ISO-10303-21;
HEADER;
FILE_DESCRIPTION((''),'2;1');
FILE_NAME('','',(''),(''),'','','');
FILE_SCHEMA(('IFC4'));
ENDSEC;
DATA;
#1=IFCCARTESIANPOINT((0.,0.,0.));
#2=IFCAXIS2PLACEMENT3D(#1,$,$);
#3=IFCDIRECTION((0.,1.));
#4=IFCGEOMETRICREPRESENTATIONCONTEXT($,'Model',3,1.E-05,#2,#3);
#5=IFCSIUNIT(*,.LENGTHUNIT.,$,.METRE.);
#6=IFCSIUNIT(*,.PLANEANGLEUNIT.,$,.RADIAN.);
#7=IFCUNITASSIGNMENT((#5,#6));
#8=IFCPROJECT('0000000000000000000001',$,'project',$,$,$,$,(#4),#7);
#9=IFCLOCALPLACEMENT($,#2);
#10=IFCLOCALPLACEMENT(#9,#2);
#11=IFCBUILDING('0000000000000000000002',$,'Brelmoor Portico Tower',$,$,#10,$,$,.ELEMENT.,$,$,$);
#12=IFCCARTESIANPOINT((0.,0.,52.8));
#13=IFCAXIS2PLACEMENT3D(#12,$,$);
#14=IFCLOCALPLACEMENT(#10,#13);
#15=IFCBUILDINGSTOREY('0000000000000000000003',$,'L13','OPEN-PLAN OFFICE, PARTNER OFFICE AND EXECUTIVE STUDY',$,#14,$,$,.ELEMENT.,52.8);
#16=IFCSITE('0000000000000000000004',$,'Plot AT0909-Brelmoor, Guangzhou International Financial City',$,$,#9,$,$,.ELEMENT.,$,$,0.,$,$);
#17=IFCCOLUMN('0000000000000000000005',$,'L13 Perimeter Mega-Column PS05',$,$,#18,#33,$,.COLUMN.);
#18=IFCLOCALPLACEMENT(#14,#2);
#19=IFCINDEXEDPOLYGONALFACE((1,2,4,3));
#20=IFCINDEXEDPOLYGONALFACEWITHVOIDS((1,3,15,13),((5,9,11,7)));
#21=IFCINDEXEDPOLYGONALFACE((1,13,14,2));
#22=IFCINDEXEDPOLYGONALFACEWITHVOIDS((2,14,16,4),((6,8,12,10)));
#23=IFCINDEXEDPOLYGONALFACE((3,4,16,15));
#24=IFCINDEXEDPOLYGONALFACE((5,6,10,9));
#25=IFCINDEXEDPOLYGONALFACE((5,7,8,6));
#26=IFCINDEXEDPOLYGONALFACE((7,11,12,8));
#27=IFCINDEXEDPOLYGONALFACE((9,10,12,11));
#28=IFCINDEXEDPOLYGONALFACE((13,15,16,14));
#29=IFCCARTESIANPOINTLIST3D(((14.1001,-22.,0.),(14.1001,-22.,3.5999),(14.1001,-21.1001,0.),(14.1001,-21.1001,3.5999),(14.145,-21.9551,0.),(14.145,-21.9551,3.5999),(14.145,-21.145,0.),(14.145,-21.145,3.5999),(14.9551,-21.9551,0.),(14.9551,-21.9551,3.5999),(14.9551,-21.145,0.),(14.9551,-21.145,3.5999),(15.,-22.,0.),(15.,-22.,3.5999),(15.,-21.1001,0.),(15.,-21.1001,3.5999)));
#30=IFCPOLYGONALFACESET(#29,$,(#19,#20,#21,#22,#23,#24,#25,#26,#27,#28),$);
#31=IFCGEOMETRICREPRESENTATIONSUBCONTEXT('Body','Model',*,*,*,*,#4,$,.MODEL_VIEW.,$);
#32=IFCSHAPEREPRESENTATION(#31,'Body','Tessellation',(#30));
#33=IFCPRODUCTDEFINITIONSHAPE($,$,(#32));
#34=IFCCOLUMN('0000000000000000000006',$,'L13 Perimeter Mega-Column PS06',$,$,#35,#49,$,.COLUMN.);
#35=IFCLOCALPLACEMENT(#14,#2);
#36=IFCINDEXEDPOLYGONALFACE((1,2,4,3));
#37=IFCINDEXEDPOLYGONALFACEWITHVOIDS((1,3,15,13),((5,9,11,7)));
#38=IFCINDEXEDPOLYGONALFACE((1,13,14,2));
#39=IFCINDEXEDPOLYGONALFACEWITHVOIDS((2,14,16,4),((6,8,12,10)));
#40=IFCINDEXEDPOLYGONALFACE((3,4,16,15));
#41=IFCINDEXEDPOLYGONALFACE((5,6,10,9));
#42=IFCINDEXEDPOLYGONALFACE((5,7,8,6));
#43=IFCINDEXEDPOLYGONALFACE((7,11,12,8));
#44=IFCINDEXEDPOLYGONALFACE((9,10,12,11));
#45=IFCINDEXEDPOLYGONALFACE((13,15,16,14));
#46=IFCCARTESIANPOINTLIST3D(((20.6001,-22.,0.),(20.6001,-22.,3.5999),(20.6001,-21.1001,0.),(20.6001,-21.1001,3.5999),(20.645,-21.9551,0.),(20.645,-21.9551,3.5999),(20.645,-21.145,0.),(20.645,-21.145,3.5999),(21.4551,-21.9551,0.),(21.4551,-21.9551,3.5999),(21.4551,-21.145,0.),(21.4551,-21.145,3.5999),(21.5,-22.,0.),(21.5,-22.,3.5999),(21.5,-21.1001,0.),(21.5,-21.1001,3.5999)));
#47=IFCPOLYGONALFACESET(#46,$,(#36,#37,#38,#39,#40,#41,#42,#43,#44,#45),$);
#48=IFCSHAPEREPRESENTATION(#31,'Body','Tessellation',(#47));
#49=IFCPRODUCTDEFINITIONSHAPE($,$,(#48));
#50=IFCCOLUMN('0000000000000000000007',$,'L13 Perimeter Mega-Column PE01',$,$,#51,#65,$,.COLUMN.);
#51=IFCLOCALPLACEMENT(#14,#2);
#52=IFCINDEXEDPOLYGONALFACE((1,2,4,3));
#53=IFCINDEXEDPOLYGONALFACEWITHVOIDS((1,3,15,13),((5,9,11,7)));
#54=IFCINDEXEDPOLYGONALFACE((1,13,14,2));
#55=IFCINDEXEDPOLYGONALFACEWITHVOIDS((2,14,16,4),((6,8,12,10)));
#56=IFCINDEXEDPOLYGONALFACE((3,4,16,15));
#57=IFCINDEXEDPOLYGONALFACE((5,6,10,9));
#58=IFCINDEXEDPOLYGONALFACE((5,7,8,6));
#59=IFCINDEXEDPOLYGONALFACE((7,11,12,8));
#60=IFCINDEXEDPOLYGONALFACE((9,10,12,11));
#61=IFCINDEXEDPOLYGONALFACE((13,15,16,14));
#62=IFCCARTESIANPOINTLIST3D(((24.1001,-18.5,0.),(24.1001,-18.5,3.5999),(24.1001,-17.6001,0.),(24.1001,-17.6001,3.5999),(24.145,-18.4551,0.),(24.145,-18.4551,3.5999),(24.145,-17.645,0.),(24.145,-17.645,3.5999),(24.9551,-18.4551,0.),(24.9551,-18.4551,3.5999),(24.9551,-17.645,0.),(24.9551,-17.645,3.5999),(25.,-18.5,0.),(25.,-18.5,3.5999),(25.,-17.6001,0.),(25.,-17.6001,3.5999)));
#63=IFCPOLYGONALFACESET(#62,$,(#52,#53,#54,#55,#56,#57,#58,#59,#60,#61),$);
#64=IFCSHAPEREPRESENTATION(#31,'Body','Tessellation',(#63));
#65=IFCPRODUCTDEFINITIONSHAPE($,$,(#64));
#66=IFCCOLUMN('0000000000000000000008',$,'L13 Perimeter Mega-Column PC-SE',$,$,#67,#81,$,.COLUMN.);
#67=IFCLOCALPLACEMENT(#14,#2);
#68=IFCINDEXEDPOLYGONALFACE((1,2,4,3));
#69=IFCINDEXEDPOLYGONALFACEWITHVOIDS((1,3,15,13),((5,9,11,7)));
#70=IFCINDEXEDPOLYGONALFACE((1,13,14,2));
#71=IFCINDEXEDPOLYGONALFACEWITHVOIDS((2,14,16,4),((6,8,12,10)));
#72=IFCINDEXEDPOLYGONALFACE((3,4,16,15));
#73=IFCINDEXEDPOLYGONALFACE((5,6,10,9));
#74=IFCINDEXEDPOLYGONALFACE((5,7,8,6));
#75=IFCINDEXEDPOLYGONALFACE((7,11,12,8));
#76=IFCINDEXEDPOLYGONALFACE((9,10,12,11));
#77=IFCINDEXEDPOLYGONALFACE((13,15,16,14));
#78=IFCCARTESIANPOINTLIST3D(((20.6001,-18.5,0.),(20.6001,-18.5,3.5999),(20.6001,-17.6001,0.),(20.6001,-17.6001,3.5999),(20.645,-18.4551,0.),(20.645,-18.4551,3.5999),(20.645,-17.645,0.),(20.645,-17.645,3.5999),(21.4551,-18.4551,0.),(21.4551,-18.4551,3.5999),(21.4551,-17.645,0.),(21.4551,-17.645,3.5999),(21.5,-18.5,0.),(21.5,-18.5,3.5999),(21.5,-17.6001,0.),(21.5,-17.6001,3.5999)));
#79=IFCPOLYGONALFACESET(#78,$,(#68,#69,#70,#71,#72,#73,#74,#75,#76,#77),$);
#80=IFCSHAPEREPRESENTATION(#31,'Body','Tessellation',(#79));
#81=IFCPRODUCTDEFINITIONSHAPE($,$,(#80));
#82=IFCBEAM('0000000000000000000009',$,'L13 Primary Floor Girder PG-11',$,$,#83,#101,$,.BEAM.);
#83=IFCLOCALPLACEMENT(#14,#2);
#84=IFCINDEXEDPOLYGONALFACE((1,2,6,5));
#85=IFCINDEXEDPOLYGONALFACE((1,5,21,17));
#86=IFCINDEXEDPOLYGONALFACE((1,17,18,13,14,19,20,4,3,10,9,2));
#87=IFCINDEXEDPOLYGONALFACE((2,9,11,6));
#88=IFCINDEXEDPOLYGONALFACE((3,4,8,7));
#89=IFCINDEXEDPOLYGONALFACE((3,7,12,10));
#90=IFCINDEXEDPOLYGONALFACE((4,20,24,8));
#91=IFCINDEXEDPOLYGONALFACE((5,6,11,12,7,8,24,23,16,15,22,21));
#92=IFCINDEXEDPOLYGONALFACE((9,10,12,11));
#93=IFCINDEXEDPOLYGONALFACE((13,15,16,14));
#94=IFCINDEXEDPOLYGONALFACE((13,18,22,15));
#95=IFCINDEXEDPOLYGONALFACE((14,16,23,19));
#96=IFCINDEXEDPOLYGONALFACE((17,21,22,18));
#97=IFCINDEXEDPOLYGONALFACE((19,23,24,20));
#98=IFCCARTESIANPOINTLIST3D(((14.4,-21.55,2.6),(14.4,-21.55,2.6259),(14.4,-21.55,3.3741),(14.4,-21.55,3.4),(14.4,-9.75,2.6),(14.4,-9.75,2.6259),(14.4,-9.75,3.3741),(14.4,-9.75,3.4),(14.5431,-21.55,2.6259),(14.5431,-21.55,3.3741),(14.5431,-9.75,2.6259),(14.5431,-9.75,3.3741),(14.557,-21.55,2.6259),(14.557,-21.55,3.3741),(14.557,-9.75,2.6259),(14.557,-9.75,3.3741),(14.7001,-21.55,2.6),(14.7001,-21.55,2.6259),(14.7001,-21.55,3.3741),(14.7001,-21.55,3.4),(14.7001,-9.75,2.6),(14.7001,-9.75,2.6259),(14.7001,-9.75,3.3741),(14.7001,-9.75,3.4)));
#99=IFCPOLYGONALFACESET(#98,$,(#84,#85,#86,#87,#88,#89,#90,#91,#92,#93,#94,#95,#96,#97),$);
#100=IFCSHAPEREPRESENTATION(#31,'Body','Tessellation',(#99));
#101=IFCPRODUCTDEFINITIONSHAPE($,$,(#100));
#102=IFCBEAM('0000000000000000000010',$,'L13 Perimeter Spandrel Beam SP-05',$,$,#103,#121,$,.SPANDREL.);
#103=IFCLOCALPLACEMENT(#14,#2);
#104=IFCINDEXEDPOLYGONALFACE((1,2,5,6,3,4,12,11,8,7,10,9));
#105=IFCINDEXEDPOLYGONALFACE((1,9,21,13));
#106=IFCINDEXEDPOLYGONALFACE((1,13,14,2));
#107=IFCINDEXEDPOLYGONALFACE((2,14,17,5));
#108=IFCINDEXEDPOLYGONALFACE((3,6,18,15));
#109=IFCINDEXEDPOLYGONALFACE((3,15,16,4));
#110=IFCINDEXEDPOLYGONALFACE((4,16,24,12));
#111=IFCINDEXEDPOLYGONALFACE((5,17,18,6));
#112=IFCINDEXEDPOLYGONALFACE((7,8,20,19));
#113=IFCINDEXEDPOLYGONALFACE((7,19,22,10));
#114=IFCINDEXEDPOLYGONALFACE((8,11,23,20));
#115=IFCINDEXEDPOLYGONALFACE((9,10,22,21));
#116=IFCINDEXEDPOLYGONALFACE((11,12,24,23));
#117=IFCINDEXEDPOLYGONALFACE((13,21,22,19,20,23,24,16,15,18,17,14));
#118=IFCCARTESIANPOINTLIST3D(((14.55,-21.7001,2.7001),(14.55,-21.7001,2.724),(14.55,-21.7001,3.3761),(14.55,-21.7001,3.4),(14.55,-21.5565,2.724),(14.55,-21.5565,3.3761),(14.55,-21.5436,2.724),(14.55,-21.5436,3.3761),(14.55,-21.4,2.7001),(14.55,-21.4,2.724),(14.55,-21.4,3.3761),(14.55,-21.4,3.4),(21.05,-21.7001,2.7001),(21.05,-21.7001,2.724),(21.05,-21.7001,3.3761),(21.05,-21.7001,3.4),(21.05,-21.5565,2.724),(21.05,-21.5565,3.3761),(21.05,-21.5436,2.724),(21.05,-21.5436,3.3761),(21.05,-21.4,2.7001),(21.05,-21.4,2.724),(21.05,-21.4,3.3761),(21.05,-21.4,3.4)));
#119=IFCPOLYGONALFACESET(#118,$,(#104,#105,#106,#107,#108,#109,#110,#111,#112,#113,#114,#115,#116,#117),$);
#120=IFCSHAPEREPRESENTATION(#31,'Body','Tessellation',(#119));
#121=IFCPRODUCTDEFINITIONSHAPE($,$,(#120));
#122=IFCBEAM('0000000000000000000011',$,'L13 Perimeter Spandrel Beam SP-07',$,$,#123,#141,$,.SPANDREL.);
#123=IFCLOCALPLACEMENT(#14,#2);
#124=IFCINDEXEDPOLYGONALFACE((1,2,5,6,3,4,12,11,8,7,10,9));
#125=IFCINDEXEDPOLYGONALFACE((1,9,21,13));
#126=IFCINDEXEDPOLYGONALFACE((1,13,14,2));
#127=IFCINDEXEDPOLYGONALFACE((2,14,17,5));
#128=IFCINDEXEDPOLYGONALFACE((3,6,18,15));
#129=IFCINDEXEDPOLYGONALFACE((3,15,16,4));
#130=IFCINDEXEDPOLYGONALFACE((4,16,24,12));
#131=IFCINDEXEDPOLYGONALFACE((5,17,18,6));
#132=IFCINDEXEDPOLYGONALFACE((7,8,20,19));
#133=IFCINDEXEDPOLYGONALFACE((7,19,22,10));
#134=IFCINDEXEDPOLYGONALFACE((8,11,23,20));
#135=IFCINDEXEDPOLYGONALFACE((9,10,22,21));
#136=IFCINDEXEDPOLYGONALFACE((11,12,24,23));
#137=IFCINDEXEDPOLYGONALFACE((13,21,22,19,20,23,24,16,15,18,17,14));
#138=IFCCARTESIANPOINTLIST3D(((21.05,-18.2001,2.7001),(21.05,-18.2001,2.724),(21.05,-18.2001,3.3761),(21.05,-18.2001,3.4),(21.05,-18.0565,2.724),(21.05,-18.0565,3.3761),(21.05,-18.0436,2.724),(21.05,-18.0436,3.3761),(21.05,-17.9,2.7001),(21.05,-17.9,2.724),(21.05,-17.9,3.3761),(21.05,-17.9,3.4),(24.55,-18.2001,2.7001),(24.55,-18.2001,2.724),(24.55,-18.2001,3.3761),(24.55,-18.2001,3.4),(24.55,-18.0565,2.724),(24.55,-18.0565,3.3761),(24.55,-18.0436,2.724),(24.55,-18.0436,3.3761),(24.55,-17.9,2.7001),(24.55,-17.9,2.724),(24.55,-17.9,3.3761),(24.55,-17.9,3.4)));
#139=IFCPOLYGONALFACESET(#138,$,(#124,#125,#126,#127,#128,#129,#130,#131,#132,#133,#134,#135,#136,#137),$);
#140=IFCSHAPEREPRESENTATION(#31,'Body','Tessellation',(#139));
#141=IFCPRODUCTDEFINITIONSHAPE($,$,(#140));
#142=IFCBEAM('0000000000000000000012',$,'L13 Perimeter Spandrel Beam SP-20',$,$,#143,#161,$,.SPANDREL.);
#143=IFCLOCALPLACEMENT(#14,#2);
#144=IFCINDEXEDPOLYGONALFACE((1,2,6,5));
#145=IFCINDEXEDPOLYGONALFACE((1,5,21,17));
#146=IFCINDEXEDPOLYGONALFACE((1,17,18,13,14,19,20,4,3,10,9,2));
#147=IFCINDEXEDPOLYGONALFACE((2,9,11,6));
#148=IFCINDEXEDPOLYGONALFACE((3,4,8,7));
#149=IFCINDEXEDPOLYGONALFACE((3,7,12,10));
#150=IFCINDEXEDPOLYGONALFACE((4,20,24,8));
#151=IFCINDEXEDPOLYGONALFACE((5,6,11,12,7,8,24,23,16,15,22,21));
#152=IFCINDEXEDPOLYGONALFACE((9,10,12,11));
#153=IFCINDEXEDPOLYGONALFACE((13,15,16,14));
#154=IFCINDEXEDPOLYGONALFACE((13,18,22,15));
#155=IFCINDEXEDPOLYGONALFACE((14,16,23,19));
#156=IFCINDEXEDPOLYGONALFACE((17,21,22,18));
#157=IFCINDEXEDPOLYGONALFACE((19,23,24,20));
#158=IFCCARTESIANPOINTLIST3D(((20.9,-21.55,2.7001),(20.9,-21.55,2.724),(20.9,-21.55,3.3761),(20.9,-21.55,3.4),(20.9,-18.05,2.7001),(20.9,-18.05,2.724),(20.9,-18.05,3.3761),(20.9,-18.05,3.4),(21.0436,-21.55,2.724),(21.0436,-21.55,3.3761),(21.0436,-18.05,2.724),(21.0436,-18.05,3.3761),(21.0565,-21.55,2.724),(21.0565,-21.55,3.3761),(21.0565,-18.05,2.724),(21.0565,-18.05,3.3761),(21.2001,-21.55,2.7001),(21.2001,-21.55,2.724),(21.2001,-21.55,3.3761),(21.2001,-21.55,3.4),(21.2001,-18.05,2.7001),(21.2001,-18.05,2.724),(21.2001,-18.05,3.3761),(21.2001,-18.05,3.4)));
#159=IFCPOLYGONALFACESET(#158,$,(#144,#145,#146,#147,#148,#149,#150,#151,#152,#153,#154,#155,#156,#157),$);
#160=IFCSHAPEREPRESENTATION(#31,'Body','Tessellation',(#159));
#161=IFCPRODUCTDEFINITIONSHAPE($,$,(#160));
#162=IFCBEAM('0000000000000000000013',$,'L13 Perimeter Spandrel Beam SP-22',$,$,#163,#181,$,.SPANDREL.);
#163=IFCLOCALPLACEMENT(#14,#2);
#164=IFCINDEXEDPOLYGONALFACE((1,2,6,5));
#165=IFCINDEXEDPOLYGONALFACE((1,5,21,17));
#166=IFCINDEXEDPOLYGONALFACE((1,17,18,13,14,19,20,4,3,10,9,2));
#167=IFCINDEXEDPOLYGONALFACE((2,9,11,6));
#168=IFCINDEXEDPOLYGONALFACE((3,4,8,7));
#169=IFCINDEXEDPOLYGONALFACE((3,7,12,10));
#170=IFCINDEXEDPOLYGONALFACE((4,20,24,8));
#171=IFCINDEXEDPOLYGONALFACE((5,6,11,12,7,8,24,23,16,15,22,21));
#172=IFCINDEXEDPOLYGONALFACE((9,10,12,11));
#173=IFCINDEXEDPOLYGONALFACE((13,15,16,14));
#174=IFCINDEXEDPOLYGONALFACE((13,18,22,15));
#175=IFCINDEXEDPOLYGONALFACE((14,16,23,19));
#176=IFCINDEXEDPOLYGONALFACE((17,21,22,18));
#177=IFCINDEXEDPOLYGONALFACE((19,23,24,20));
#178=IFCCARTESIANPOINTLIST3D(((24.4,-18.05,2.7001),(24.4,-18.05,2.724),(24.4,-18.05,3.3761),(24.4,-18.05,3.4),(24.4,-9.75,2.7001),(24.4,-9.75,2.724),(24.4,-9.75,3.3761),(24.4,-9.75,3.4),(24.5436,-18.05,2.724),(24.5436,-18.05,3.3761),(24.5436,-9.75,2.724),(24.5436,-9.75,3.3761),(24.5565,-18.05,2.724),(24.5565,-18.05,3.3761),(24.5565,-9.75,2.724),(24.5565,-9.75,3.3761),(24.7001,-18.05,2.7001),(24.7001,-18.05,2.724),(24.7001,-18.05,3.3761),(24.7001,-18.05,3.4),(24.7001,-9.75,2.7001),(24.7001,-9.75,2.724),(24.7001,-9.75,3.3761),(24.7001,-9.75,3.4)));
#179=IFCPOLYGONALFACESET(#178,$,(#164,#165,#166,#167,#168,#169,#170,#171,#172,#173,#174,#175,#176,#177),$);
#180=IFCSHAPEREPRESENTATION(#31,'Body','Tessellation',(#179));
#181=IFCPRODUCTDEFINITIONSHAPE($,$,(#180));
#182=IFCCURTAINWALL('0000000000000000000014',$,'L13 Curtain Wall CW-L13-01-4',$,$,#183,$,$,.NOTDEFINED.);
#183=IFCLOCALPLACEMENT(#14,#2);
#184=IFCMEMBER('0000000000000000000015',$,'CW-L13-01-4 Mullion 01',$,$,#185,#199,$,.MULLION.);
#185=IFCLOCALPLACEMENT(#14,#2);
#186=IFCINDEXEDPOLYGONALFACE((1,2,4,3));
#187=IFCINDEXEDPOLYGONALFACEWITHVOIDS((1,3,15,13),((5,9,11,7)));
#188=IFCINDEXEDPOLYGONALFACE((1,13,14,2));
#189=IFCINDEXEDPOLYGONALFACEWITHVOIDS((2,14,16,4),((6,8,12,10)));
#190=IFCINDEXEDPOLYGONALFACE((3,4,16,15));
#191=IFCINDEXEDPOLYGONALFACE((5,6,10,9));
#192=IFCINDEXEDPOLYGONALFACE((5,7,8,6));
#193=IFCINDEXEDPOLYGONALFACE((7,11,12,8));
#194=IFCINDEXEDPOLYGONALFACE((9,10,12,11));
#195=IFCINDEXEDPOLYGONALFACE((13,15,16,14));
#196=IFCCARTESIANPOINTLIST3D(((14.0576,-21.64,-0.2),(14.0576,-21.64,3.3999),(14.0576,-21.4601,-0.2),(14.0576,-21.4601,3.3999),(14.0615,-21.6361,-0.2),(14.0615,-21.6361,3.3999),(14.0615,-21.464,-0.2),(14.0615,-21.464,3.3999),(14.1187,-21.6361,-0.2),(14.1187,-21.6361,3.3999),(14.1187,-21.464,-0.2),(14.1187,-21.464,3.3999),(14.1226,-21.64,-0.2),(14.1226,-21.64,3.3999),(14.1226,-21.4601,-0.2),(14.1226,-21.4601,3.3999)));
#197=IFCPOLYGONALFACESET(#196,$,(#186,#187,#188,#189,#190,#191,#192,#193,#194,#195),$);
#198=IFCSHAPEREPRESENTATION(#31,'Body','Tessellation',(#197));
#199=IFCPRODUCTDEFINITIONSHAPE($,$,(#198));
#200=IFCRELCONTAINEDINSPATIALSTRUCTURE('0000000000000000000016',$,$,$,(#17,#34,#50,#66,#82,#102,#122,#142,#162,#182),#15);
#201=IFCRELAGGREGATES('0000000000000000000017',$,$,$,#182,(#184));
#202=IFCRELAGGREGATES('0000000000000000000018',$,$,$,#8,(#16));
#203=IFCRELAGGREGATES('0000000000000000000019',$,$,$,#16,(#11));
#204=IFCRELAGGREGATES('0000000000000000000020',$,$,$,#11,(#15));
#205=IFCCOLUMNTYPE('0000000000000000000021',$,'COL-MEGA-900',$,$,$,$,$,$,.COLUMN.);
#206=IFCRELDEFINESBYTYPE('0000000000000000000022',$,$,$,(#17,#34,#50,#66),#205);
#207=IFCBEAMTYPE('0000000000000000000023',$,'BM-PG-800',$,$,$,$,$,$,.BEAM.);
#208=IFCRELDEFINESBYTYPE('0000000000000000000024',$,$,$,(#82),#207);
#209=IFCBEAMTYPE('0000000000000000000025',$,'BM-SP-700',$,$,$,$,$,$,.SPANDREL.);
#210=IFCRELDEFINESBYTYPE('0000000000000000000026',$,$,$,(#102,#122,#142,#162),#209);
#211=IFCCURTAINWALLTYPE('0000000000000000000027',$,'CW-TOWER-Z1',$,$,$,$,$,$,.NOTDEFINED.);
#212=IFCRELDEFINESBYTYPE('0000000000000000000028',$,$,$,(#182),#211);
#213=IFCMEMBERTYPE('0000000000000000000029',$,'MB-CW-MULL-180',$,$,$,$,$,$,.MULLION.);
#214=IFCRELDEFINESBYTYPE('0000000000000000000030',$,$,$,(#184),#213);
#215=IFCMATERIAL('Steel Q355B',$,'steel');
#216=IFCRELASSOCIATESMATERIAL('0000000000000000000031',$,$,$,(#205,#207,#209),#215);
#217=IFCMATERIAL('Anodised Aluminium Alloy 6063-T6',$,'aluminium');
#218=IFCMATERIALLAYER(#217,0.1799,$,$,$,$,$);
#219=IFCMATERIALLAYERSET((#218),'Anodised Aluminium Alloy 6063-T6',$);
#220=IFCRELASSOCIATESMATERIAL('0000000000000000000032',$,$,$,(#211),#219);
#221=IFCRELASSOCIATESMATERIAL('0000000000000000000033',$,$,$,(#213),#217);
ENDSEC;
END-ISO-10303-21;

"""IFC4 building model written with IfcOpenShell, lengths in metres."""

from ifc_helpers import new_model, si_unit, direction, frame, origin, origin_2d, place, context, subcontext, project, spatial, hollow_rectangle, i_section, extrude, material, layer, layer_set, material_profile, profile_set, type_object, element, aggregate, save


model = new_model("IFC4")

# Units and contexts
model_context = context("Model", 3, precision=1e-05, world=origin(), true_north=direction((0.0, 1.0)))
body_context = subcontext(model_context, "Body", "Model", "MODEL_VIEW")
ifc_project = project(units=[si_unit("LENGTHUNIT", "METRE"), si_unit("PLANEANGLEUNIT", "RADIAN")], contexts=[model_context])

# Site, building, storey
site_placement = place(None, origin())
site = spatial("IfcSite", under=ifc_project, at=site_placement, Name="Plot AT0909-Brelmoor, Guangzhou International Financial City", CompositionType="ELEMENT", RefElevation=0.0)
building_placement = place(site_placement, origin())
building = spatial("IfcBuilding", under=site, at=building_placement, Name="Brelmoor Portico Tower", CompositionType="ELEMENT")
storey_placement = place(building_placement, frame((0.0, 0.0, 52.8)))
storey = spatial("IfcBuildingStorey", under=building, at=storey_placement, Name="L13", Description="OPEN-PLAN OFFICE, PARTNER OFFICE AND EXECUTIVE STUDY", CompositionType="ELEMENT", Elevation=52.8)

# Columns
ifc_material_1 = material(Name="Steel Q355B", Category="steel")
ifc_material_profile_1 = material_profile(ifc_material_1, hollow_rectangle(XDim=0.8999, YDim=0.8999, WallThickness=0.0449, at=origin_2d()), Name="BOX 900x900x45")
ifc_profile_set_1 = profile_set([ifc_material_profile_1], Name="Steel Q355B")
column_type = type_object("IfcColumnType", Name="COL-MEGA-900", PredefinedType="COLUMN", material=ifc_profile_set_1)
for number, where, z_axis, x_axis, name in (
    (1, (14.55, -21.55, 0.0), (0.0, 0.0, 1.0), (1.0, 0.0, 0.0), "L13 Perimeter Mega-Column PS05"),
    (2, (21.05, -21.55, 0.0), (0.0, 0.0, 1.0), (1.0, 0.0, 0.0), "L13 Perimeter Mega-Column PS06"),
    (3, (24.55, -18.05, 0.0), (0.0, 0.0, 1.0), (0.0, 1.0, 0.0), "L13 Perimeter Mega-Column PE01"),
    (4, (21.05, -18.05, 0.0), (0.0, 0.0, 1.0), (1.0, 0.0, 0.0), "L13 Perimeter Mega-Column PC-SE"),
):
    element("IfcColumn", number, at=place(storey_placement, frame(where, z_axis=z_axis, x_axis=x_axis)), inside=storey, type_object=column_type, Name=name, PredefinedType="COLUMN", context=body_context, shape_type="SweptSolid", body=[
        extrude(hollow_rectangle(XDim=0.8999, YDim=0.8999, WallThickness=0.0449, at=origin_2d()), origin(), (0.0, 0.0, 1.0), 3.5999),
    ])

# Beams
ifc_material_profile_2 = material_profile(ifc_material_1, i_section(OverallWidth=0.3, OverallDepth=0.8, WebThickness=0.0139, FlangeThickness=0.0259, at=origin_2d()), Name="HN 800x300x14x26")
ifc_profile_set_2 = profile_set([ifc_material_profile_2], Name="Steel Q355B")
beam_type_1 = type_object("IfcBeamType", Name="BM-PG-800", PredefinedType="BEAM", material=ifc_profile_set_2)
beam_1_placement = place(storey_placement, frame((14.55, -21.55, 3.0), z_axis=(0.0, 1.0, 0.0), x_axis=(-1.0, 0.0, 0.0)))
element("IfcBeam", 5, at=beam_1_placement, inside=storey, type_object=beam_type_1, Name="L13 Primary Floor Girder PG-11", PredefinedType="BEAM", context=body_context, shape_type="SweptSolid", body=[
    extrude(i_section(OverallWidth=0.3, OverallDepth=0.8, WebThickness=0.0139, FlangeThickness=0.0259, at=origin_2d()), origin(), (0.0, 0.0, 1.0), 11.8),
])
ifc_material_profile_3 = material_profile(ifc_material_1, i_section(OverallWidth=0.3, OverallDepth=0.7, WebThickness=0.0129, FlangeThickness=0.0239, at=origin_2d()), Name="HN 700x300x13x24")
ifc_profile_set_3 = profile_set([ifc_material_profile_3], Name="Steel Q355B")
beam_type_2 = type_object("IfcBeamType", Name="BM-SP-700", PredefinedType="SPANDREL", material=ifc_profile_set_3)
beam_2_placement = place(storey_placement, frame((14.55, -21.55, 3.05), z_axis=(1.0, 0.0, 0.0), x_axis=(0.0, 1.0, 0.0)))
element("IfcBeam", 6, at=beam_2_placement, inside=storey, type_object=beam_type_2, Name="L13 Perimeter Spandrel Beam SP-05", PredefinedType="SPANDREL", context=body_context, shape_type="SweptSolid", body=[
    extrude(i_section(OverallWidth=0.3, OverallDepth=0.7, WebThickness=0.0129, FlangeThickness=0.0239, at=origin_2d()), origin(), (0.0, 0.0, 1.0), 6.5),
])
for number, where, z_axis, x_axis, name in (
    (7, (21.05, -18.05, 3.05), (1.0, 0.0, 0.0), (0.0, 1.0, 0.0), "L13 Perimeter Spandrel Beam SP-07"),
    (8, (21.05, -21.55, 3.05), (0.0, 1.0, 0.0), (-1.0, 0.0, 0.0), "L13 Perimeter Spandrel Beam SP-20"),
):
    element("IfcBeam", number, at=place(storey_placement, frame(where, z_axis=z_axis, x_axis=x_axis)), inside=storey, type_object=beam_type_2, Name=name, PredefinedType="SPANDREL", context=body_context, shape_type="SweptSolid", body=[
        extrude(i_section(OverallWidth=0.3, OverallDepth=0.7, WebThickness=0.0129, FlangeThickness=0.0239, at=origin_2d()), origin(), (0.0, 0.0, 1.0), 3.5),
    ])
beam_3_placement = place(storey_placement, frame((24.55, -18.05, 3.05), z_axis=(0.0, 1.0, 0.0), x_axis=(-1.0, 0.0, 0.0)))
element("IfcBeam", 9, at=beam_3_placement, inside=storey, type_object=beam_type_2, Name="L13 Perimeter Spandrel Beam SP-22", PredefinedType="SPANDREL", context=body_context, shape_type="SweptSolid", body=[
    extrude(i_section(OverallWidth=0.3, OverallDepth=0.7, WebThickness=0.0129, FlangeThickness=0.0239, at=origin_2d()), origin(), (0.0, 0.0, 1.0), 8.3),
])

# Curtain wall, member
ifc_material_2 = material(Name="Anodised Aluminium Alloy 6063-T6", Category="aluminium")
ifc_layer_1 = layer(ifc_material_2, 0.1799)
ifc_layer_set_1 = layer_set([ifc_layer_1], Name="Anodised Aluminium Alloy 6063-T6")
curtain_wall_type_1 = type_object("IfcCurtainWallType", Name="CW-TOWER-Z1", PredefinedType="NOTDEFINED", material=ifc_layer_set_1)
curtain_wall_1_placement = place(storey_placement, origin())
curtain_wall_1 = element("IfcCurtainWall", 10, at=curtain_wall_1_placement, inside=storey, type_object=curtain_wall_type_1, Name="L13 Curtain Wall CW-L13-01-4", PredefinedType="NOTDEFINED")
ifc_material_profile_4 = material_profile(ifc_material_2, hollow_rectangle(XDim=0.0649, YDim=0.1799, WallThickness=0.0039, at=origin_2d()), Name="ALU MULLION 65x180")
ifc_profile_set_4 = profile_set([ifc_material_profile_4], Name="Anodised Aluminium Alloy 6063-T6")
member_type_1 = type_object("IfcMemberType", Name="MB-CW-MULL-180", PredefinedType="MULLION", material=ifc_profile_set_4)
member_1_placement = place(storey_placement, frame((14.0901, -21.55, -0.2), z_axis=(0.0, 0.0, 1.0), x_axis=(1.0, 0.0, 0.0)))
member_1 = element("IfcMember", 11, at=member_1_placement, type_object=member_type_1, Name="CW-L13-01-4 Mullion 01", PredefinedType="MULLION", context=body_context, shape_type="SweptSolid", body=[
    extrude(hollow_rectangle(XDim=0.0649, YDim=0.1799, WallThickness=0.0039, at=origin_2d()), origin(), (0.0, 0.0, 1.0), 3.5999),
])

aggregate(curtain_wall_1, [member_1])

save(model, "model.ifc")
